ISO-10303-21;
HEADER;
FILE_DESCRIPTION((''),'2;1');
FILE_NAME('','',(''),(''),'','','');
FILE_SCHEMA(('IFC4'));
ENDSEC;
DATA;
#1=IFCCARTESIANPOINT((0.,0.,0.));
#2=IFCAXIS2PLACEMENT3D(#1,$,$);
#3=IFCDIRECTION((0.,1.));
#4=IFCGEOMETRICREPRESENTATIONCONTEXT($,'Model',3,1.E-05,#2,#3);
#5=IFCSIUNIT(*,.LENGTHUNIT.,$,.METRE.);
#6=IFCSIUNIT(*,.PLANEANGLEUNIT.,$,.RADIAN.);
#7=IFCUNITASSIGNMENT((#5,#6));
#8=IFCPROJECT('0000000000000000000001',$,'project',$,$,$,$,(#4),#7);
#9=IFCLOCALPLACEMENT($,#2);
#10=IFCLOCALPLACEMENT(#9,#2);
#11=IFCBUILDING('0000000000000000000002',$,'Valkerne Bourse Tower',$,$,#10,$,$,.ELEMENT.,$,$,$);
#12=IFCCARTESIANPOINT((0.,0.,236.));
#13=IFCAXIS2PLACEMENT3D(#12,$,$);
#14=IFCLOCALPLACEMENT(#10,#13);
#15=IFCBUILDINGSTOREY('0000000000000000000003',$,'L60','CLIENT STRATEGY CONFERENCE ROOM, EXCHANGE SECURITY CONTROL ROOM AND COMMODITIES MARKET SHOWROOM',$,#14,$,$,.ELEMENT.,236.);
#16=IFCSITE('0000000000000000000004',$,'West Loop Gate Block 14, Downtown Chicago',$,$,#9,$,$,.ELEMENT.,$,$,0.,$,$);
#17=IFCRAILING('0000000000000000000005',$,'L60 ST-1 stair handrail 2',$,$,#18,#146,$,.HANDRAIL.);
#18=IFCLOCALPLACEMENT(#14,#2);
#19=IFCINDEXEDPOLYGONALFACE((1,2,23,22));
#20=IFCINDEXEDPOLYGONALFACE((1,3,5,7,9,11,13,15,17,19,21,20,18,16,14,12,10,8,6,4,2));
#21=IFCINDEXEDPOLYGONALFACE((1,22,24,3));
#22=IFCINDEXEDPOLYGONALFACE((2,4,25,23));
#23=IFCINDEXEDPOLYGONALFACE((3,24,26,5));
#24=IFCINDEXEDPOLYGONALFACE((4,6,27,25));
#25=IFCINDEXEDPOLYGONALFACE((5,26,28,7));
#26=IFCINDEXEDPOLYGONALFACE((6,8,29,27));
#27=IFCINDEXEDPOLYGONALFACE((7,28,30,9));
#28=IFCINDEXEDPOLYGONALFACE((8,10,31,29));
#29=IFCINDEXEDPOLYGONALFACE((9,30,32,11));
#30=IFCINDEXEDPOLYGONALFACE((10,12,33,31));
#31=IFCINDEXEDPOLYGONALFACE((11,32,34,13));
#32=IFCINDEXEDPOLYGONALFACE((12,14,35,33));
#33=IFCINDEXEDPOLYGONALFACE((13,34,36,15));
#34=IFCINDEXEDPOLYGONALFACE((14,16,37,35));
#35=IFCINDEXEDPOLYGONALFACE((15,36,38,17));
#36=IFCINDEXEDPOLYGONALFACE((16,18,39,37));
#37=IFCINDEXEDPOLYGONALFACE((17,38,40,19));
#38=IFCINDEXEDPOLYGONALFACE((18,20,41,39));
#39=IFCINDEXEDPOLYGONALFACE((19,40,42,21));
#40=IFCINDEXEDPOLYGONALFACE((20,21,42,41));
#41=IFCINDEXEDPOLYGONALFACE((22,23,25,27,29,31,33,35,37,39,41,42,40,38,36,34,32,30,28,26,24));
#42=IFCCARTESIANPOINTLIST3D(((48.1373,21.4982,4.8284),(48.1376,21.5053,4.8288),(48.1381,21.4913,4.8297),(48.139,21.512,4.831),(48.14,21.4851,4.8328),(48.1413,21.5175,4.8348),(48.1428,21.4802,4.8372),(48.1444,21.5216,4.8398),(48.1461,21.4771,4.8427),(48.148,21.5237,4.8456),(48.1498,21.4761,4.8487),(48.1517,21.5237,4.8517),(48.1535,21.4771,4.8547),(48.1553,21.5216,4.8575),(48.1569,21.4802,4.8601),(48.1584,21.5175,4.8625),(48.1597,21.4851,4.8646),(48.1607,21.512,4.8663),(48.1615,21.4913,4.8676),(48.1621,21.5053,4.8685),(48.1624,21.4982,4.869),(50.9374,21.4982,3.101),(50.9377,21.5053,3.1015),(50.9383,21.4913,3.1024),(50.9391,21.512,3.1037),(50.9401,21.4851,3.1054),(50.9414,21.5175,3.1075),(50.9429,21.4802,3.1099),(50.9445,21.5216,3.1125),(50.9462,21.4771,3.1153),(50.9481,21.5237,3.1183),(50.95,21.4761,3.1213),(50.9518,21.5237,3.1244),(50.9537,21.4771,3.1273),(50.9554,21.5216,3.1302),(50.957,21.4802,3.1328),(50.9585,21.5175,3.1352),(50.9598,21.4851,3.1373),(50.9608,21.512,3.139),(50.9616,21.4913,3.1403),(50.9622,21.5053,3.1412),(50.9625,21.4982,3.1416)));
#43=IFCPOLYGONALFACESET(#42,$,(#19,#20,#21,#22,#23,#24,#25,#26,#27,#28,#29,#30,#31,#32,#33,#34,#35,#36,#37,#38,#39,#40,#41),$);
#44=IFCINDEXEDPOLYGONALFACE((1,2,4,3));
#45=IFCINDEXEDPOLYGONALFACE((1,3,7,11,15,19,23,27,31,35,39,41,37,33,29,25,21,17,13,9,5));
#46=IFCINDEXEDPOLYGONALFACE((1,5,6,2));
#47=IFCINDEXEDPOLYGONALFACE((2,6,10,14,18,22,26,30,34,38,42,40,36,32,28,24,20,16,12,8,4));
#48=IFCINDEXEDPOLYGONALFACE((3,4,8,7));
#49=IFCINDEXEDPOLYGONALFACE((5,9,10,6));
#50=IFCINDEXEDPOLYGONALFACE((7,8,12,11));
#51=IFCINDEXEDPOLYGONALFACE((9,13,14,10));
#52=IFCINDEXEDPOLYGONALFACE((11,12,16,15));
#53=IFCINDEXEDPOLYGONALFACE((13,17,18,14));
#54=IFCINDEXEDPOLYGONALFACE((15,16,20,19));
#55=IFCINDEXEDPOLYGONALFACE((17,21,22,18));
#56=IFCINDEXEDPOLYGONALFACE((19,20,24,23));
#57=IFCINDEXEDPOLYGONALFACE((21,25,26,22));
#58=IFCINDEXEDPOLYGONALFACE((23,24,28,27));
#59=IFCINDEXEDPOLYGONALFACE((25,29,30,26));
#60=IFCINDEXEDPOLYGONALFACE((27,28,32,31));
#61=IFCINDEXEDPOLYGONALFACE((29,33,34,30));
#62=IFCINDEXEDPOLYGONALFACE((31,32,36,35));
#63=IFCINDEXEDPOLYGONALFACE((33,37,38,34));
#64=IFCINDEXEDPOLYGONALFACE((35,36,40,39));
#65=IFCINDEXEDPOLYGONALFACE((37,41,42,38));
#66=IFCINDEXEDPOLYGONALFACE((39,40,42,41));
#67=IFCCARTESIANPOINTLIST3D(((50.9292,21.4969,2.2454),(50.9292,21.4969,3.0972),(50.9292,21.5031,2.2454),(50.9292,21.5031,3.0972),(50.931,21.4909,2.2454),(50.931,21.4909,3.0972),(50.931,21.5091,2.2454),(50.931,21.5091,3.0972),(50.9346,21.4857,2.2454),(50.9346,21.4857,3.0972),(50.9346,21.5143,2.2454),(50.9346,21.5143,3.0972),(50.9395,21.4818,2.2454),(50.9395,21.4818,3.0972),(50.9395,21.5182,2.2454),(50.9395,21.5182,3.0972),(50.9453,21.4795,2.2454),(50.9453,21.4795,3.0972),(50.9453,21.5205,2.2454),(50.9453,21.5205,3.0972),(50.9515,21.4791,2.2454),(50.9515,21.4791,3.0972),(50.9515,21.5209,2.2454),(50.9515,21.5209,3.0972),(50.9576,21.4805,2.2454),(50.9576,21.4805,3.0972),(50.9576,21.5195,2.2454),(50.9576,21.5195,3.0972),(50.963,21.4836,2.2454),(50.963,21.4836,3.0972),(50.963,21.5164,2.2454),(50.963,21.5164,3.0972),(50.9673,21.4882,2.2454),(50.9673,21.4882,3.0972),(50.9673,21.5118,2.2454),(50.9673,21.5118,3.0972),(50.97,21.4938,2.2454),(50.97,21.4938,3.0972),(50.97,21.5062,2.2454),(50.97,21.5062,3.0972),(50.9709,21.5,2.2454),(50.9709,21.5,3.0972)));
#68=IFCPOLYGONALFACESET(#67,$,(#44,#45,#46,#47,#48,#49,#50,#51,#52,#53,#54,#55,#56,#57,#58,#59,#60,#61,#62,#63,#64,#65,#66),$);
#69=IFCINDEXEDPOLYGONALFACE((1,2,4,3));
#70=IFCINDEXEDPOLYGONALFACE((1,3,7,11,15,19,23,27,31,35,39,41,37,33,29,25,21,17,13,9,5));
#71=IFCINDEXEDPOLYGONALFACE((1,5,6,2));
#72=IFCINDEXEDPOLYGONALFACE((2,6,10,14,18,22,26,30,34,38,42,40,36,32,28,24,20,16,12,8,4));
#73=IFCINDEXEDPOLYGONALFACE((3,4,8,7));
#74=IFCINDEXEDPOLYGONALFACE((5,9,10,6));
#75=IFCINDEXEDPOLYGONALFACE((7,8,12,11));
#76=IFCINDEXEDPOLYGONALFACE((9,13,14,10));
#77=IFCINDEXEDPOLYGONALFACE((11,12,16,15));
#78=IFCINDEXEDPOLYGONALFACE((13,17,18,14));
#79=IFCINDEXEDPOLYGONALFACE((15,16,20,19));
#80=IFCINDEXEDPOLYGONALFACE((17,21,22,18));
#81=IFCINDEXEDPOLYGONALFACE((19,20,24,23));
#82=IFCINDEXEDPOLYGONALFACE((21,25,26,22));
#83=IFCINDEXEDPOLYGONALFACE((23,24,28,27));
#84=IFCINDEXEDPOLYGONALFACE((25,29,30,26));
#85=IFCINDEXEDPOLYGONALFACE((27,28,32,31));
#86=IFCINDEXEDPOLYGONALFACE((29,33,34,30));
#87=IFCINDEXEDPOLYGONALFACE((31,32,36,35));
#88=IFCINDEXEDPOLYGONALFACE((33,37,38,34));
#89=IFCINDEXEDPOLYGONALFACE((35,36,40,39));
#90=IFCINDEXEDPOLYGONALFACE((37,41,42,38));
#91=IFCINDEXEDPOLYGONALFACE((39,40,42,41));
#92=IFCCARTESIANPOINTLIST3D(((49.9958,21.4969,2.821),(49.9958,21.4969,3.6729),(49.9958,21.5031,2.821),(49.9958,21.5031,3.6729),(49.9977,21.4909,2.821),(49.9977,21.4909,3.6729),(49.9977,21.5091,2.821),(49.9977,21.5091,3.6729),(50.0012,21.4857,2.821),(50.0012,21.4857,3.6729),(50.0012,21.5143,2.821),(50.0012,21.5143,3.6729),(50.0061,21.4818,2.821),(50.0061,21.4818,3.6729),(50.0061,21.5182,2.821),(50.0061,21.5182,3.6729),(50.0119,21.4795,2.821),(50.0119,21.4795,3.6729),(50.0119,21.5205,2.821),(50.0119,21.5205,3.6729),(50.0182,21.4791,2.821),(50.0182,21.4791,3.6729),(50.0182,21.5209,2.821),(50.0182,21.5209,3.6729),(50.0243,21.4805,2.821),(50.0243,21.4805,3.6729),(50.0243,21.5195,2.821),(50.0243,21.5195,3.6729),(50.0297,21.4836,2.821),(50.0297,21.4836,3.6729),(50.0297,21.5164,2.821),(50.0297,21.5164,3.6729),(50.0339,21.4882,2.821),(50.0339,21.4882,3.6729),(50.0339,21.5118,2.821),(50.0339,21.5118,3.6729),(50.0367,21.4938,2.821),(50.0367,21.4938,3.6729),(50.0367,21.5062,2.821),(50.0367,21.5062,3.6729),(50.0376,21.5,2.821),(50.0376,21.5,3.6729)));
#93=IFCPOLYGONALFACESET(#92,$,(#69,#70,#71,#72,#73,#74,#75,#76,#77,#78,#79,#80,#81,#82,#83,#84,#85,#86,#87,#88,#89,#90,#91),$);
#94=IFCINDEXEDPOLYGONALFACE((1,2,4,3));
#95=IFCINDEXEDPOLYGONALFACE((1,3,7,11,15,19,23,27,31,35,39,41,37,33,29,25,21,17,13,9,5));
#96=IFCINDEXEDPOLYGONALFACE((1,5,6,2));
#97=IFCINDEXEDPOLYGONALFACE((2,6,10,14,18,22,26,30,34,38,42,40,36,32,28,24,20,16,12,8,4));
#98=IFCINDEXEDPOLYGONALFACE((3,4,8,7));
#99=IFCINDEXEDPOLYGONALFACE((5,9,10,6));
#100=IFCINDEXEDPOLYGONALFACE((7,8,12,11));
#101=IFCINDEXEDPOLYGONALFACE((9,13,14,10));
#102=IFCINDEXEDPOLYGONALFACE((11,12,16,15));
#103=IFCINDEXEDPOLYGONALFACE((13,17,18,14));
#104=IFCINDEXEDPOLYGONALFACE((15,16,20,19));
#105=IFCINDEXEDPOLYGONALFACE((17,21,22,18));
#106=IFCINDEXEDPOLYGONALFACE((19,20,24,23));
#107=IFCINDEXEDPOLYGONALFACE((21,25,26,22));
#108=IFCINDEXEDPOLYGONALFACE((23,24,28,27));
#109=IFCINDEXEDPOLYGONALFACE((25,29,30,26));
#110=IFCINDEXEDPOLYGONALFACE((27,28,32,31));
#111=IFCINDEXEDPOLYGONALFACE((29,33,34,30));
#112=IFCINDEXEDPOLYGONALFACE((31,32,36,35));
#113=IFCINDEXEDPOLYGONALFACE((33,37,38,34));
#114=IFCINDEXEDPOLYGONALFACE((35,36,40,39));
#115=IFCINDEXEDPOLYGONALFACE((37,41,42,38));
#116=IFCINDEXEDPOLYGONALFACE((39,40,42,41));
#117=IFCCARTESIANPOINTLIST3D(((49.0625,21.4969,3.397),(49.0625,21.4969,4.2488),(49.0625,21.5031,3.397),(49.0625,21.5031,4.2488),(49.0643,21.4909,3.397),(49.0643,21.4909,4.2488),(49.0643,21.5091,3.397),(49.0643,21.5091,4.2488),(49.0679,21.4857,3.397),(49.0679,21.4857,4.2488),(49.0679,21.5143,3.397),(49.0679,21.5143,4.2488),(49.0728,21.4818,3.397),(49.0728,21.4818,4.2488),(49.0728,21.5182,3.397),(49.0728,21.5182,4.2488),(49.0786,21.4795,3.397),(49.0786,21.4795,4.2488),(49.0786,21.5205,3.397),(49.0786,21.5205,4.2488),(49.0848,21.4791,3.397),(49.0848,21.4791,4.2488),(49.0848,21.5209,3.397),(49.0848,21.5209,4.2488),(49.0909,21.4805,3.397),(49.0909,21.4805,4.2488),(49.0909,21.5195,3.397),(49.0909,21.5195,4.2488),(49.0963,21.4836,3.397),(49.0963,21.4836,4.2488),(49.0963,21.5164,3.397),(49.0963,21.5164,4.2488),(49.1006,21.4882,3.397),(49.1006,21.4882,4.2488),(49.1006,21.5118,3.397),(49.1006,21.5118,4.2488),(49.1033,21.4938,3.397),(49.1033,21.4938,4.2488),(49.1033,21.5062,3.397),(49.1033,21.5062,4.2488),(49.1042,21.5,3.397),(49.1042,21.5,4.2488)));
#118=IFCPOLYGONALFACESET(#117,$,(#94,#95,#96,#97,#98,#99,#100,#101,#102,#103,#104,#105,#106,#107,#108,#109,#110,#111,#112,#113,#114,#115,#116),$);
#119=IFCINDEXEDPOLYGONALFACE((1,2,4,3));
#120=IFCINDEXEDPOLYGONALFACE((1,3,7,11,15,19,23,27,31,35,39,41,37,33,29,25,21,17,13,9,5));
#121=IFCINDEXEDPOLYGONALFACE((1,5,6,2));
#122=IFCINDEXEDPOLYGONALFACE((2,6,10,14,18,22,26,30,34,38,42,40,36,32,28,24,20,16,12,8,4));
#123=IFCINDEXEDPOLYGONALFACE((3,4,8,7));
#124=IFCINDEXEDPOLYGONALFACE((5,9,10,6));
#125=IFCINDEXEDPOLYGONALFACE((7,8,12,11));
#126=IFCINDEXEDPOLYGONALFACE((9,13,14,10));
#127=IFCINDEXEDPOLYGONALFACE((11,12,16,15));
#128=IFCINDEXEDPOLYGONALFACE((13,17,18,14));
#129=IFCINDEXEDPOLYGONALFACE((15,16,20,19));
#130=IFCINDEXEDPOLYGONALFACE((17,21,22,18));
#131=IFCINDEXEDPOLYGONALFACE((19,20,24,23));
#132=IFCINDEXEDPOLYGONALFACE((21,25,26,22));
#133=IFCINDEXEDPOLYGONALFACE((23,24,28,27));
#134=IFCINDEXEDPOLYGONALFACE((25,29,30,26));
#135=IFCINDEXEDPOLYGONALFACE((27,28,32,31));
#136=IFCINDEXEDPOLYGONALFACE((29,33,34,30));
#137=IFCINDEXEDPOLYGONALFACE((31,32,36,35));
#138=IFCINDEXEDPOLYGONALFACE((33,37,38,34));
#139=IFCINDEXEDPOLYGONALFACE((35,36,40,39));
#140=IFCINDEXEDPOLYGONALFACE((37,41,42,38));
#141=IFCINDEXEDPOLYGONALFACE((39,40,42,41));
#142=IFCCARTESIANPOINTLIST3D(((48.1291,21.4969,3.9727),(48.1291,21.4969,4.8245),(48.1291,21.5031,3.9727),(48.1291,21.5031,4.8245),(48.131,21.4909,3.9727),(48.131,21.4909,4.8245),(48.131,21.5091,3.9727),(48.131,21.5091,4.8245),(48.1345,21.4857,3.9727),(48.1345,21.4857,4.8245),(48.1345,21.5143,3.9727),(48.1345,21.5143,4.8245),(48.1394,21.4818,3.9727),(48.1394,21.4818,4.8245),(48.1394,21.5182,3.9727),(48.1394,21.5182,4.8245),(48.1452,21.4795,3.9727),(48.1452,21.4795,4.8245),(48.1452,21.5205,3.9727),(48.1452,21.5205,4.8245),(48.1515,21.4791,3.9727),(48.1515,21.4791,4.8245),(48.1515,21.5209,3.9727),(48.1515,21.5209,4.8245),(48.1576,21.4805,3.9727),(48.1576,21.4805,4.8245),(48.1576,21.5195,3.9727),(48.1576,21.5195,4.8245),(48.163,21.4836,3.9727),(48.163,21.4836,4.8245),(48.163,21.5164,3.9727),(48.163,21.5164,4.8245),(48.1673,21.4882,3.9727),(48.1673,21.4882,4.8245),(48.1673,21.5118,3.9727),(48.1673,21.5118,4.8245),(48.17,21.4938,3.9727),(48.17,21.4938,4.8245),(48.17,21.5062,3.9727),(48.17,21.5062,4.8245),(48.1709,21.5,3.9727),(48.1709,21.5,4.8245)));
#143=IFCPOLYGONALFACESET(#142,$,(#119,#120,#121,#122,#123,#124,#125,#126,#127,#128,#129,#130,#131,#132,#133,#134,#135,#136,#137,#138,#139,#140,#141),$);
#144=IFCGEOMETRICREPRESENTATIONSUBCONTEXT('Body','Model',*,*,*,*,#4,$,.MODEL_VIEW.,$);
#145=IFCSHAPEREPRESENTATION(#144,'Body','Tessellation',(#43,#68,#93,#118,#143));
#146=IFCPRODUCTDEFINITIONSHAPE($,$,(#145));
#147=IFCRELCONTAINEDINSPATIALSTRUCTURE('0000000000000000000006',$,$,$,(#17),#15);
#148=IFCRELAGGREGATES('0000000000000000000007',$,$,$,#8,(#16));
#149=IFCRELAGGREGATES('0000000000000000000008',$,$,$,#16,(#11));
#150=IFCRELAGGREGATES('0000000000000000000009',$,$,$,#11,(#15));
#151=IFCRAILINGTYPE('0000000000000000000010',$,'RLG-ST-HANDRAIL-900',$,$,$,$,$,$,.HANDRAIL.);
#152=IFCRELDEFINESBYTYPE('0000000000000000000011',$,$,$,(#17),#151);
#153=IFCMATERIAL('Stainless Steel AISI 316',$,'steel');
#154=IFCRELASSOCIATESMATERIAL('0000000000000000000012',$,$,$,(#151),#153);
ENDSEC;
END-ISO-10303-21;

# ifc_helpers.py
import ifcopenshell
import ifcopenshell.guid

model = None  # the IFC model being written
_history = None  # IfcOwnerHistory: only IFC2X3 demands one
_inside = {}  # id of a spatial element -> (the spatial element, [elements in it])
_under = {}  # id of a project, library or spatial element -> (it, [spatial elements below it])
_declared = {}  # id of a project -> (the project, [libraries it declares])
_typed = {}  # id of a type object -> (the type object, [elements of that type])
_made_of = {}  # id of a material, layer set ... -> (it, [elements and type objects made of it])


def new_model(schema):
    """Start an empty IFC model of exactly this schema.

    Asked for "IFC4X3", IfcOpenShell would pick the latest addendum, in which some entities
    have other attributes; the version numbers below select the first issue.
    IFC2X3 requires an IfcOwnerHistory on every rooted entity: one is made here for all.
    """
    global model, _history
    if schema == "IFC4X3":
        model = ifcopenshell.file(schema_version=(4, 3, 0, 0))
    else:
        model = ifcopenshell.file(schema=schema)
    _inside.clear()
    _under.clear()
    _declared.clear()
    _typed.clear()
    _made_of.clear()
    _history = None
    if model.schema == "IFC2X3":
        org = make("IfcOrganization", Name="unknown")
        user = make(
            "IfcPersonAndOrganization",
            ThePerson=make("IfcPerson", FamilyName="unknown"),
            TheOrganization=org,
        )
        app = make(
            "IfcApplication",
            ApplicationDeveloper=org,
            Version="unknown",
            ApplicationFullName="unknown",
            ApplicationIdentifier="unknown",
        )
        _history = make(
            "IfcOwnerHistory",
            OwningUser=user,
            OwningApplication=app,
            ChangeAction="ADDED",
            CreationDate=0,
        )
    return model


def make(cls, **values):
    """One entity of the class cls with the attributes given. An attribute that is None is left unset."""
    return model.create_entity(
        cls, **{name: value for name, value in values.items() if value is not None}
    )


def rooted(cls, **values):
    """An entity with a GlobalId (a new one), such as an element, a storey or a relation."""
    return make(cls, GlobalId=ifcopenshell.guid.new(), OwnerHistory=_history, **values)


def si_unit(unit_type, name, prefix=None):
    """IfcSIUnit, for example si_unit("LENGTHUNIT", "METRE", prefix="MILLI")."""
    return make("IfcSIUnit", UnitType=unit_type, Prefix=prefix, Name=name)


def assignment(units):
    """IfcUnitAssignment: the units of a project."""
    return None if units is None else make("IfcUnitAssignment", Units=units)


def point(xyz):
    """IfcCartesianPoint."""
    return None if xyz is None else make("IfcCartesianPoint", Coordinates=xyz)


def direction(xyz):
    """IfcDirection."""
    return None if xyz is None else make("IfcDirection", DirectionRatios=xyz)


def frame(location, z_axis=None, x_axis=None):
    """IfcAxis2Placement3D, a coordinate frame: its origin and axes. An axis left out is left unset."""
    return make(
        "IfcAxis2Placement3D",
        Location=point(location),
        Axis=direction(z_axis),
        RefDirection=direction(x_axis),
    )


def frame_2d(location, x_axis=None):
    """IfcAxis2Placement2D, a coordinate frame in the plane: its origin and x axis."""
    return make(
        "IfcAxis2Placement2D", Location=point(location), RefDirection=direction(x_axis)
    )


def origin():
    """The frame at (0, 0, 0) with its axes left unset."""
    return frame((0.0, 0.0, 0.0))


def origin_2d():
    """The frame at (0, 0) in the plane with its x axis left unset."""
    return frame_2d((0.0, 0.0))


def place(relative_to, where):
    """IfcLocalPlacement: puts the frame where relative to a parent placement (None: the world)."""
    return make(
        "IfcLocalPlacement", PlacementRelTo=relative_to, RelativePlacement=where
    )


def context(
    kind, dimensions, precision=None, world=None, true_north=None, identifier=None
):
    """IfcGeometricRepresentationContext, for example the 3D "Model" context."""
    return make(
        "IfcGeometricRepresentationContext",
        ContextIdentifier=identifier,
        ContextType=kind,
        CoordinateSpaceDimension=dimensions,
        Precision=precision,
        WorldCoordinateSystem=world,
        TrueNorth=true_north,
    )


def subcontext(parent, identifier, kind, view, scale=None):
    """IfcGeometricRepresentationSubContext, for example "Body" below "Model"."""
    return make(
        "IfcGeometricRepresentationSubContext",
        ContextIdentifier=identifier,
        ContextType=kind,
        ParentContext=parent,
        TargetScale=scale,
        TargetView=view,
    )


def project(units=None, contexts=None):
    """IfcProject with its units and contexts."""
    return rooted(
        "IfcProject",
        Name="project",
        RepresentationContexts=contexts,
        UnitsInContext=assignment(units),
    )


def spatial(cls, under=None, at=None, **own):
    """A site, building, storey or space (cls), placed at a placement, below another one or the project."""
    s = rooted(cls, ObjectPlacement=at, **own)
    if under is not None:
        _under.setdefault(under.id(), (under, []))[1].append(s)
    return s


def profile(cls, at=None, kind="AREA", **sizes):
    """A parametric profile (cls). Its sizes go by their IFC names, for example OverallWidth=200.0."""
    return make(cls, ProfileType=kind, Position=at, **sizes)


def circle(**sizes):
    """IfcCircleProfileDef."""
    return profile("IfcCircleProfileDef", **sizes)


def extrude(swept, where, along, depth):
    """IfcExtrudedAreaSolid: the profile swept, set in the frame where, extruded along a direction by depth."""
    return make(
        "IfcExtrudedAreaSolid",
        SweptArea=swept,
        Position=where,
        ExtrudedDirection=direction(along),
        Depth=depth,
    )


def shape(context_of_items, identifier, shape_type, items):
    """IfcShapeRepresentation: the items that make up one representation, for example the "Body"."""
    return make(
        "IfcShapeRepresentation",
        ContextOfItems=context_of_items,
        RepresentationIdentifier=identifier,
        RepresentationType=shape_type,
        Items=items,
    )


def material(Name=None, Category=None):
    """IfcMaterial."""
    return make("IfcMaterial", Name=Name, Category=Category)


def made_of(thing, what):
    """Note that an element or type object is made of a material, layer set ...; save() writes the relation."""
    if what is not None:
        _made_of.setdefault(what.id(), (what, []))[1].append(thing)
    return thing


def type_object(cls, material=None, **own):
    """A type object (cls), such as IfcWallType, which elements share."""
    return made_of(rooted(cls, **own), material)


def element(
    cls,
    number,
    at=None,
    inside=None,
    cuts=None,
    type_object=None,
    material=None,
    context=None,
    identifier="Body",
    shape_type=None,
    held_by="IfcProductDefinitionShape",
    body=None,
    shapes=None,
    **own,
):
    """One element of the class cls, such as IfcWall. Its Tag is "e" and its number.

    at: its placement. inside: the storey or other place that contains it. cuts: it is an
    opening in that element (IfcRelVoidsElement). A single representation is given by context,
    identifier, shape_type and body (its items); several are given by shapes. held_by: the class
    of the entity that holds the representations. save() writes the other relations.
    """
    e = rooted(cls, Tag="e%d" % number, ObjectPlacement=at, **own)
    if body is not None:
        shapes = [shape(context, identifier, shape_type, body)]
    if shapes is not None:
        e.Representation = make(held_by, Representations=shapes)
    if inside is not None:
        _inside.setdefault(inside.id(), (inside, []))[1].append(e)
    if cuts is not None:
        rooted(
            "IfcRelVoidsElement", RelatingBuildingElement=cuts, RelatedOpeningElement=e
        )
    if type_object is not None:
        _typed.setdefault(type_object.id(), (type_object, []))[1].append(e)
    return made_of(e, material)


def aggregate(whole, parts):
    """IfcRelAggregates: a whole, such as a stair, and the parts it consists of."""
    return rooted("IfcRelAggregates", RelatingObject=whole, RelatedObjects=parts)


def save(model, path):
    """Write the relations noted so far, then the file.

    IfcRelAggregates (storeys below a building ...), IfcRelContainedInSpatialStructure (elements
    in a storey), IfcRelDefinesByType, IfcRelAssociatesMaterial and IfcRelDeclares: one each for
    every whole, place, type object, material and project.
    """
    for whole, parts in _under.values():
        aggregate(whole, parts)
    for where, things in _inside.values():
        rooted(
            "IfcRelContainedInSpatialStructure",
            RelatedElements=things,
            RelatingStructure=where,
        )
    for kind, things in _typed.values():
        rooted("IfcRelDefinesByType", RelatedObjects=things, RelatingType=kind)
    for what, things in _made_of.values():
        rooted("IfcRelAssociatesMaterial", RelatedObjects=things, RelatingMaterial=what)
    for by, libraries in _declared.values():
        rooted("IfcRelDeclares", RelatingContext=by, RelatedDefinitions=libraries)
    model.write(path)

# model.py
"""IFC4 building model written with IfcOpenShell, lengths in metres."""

from ifc_helpers import new_model, si_unit, direction, frame, origin, origin_2d, place, context, subcontext, project, spatial, circle, extrude, material, type_object, element, save


model = new_model("IFC4")

# Units and contexts
model_context = context("Model", 3, precision=1e-05, world=origin(), true_north=direction((0.0, 1.0)))
body_context = subcontext(model_context, "Body", "Model", "MODEL_VIEW")
ifc_project = project(units=[si_unit("LENGTHUNIT", "METRE"), si_unit("PLANEANGLEUNIT", "RADIAN")], contexts=[model_context])

# Site, building, storey
site_placement = place(None, origin())
site = spatial("IfcSite", under=ifc_project, at=site_placement, Name="West Loop Gate Block 14, Downtown Chicago", CompositionType="ELEMENT", RefElevation=0.0)
building_placement = place(site_placement, origin())
building = spatial("IfcBuilding", under=site, at=building_placement, Name="Valkerne Bourse Tower", CompositionType="ELEMENT")
storey_placement = place(building_placement, frame((0.0, 0.0, 236.0)))
storey = spatial("IfcBuildingStorey", under=building, at=storey_placement, Name="L60", Description="CLIENT STRATEGY CONFERENCE ROOM, EXCHANGE SECURITY CONTROL ROOM AND COMMODITIES MARKET SHOWROOM", CompositionType="ELEMENT", Elevation=236.0)

# Shared definitions
ifc_material_1 = material(Name="Stainless Steel AISI 316", Category="steel")

# Railing
railing_type_1 = type_object("IfcRailingType", Name="RLG-ST-HANDRAIL-900", PredefinedType="HANDRAIL", material=ifc_material_1)
railing_1_placement = place(storey_placement, frame((50.95, 21.5, 2.2454)))
element("IfcRailing", 1, at=railing_1_placement, inside=storey, type_object=railing_type_1, Name="L60 ST-1 stair handrail 2", PredefinedType="HANDRAIL", context=body_context, shape_type="SweptSolid", body=[
    extrude(circle(Radius=0.0239, at=origin_2d()), frame((0.0, 0.0, 0.876), z_axis=(-0.85109, 0.0, 0.52502), x_axis=(0.0, -1.0, 0.0)), (0.0, 0.0, 1.0), 3.29),
    extrude(circle(Radius=0.021, at=origin_2d()), origin(), (0.0, 0.0, 1.0), 0.8518),
    extrude(circle(Radius=0.021, at=origin_2d()), frame((-0.9333, 0.0, 0.5757)), (0.0, 0.0, 1.0), 0.8518),
    extrude(circle(Radius=0.021, at=origin_2d()), frame((-1.8667, 0.0, 1.1516)), (0.0, 0.0, 1.0), 0.8518),
    extrude(circle(Radius=0.021, at=origin_2d()), frame((-2.8, 0.0, 1.7273)), (0.0, 0.0, 1.0), 0.8518),
])

save(model, "model.ifc")
